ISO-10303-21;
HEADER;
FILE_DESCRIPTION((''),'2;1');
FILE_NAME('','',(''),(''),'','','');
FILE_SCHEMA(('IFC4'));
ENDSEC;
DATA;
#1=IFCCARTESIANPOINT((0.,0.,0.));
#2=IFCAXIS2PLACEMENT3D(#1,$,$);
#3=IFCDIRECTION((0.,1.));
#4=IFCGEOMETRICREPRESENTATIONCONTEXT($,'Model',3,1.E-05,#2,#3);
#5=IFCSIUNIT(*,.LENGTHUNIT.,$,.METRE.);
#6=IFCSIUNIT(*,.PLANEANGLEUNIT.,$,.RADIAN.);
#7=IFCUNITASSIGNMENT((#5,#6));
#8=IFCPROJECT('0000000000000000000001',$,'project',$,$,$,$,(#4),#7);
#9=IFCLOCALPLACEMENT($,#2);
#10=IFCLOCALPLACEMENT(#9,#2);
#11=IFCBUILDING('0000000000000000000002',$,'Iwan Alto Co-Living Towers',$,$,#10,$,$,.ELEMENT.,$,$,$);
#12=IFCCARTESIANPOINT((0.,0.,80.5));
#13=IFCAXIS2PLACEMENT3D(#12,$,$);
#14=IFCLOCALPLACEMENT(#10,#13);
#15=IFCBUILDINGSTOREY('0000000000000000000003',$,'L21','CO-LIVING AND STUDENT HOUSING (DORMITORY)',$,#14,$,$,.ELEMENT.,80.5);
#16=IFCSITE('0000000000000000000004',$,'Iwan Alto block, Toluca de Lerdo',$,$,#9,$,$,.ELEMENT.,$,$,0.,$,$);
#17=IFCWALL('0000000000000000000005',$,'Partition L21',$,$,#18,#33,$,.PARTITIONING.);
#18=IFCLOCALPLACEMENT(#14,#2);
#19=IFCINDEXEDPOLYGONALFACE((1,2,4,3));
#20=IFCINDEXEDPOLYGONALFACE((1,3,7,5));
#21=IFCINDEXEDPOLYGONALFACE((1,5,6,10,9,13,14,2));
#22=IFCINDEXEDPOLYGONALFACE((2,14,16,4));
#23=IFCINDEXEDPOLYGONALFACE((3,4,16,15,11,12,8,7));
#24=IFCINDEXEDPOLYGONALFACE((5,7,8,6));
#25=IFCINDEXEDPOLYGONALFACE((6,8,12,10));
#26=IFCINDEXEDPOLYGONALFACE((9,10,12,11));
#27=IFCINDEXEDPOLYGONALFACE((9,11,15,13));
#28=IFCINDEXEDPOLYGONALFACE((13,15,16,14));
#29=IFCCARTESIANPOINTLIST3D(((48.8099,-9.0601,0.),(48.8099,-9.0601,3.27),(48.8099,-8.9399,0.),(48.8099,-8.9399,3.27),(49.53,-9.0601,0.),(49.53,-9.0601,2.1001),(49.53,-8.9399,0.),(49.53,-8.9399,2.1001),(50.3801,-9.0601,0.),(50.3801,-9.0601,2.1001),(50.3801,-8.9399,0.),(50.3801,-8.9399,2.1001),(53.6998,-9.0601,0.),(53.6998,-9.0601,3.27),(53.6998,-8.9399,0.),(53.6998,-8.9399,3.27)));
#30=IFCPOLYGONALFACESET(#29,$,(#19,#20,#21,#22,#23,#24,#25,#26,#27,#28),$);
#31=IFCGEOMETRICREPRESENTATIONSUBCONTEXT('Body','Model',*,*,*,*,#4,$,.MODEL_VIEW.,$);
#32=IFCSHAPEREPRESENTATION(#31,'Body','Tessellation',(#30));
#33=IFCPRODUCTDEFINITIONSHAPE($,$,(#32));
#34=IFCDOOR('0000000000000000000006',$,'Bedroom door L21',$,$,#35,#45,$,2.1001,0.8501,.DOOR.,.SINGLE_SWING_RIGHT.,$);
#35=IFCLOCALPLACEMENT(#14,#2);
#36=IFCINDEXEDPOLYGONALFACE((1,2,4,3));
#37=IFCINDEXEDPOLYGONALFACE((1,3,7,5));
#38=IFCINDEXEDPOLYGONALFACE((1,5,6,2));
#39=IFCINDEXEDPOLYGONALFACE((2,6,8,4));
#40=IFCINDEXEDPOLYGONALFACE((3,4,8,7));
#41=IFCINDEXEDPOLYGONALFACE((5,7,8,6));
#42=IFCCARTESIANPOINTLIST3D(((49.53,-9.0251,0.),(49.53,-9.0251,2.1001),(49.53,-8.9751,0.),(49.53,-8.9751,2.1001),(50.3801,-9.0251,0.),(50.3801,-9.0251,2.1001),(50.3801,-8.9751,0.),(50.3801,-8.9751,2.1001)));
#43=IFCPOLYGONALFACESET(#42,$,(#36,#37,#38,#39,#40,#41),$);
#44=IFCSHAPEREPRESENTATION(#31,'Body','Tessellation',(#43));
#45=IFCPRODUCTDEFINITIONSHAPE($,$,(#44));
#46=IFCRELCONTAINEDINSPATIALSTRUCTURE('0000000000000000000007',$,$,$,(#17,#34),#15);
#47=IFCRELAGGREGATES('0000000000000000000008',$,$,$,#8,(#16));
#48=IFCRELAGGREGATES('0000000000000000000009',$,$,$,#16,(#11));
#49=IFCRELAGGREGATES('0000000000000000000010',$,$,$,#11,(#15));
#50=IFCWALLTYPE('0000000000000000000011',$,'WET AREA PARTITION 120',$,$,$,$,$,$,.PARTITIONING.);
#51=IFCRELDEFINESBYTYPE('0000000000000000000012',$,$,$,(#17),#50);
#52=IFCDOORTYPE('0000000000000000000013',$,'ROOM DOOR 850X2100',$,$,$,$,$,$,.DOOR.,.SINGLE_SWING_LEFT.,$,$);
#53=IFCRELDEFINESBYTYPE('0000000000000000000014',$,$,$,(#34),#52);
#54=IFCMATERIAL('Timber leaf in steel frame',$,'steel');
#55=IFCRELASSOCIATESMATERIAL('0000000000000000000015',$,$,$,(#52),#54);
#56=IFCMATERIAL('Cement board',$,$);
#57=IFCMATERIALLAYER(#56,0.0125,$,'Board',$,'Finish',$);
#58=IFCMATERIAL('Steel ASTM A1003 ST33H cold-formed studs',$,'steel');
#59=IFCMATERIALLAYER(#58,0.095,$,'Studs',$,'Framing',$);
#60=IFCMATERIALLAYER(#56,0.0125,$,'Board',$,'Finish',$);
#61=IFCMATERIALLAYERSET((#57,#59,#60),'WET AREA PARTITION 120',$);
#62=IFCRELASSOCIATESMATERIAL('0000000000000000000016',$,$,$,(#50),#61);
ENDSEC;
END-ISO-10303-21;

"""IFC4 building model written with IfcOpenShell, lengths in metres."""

from ifc_helpers import new_model, si_unit, direction, frame, frame_2d, origin, place, context, subcontext, project, spatial, rectangle, extrude, material, layer, layer_set, type_object, element, fill, save


model = new_model("IFC4")

# Units and contexts
model_context = context("Model", 3, precision=1e-05, world=origin(), true_north=direction((0.0, 1.0)))
body_context = subcontext(model_context, "Body", "Model", "MODEL_VIEW")
ifc_project = project(units=[si_unit("LENGTHUNIT", "METRE"), si_unit("PLANEANGLEUNIT", "RADIAN")], contexts=[model_context])

# Site, building, storey
site_placement = place(None, origin())
site = spatial("IfcSite", under=ifc_project, at=site_placement, Name="Iwan Alto block, Toluca de Lerdo", CompositionType="ELEMENT", RefElevation=0.0)
building_placement = place(site_placement, origin())
building = spatial("IfcBuilding", under=site, at=building_placement, Name="Iwan Alto Co-Living Towers", CompositionType="ELEMENT")
storey_placement = place(building_placement, frame((0.0, 0.0, 80.5)))
storey = spatial("IfcBuildingStorey", under=building, at=storey_placement, Name="L21", Description="CO-LIVING AND STUDENT HOUSING (DORMITORY)", CompositionType="ELEMENT", Elevation=80.5)

# Shared definitions
ifc_material_1 = material(Name="Steel ASTM A1003 ST33H cold-formed studs", Category="steel")
ifc_material_2 = material(Name="Timber leaf in steel frame", Category="steel")
door_type = type_object("IfcDoorType", Name="ROOM DOOR 850X2100", OperationType="SINGLE_SWING_LEFT", PredefinedType="DOOR", material=ifc_material_2)

# Wall, opening, door
ifc_material_3 = material(Name="Cement board")
ifc_layer_1 = layer(ifc_material_3, 0.0125, Name="Board", Category="Finish")
ifc_layer_2 = layer(ifc_material_1, 0.095, Name="Studs", Category="Framing")
ifc_layer_3 = layer(ifc_material_3, 0.0125, Name="Board", Category="Finish")
ifc_layer_set_1 = layer_set([ifc_layer_1, ifc_layer_2, ifc_layer_3], Name="WET AREA PARTITION 120")
wall_type_1 = type_object("IfcWallType", Name="WET AREA PARTITION 120", PredefinedType="PARTITIONING", material=ifc_layer_set_1)
wall_1_placement = place(storey_placement, frame((48.8101, -9.0, 0.0), z_axis=(0.0, 0.0, 1.0), x_axis=(1.0, 0.0, 0.0)))
wall_1 = element("IfcWall", 1, at=wall_1_placement, inside=storey, type_object=wall_type_1, Name="Partition L21", PredefinedType="PARTITIONING", context=body_context, shape_type="SweptSolid", body=[
    extrude(rectangle(XDim=4.8899, YDim=0.1201, at=frame_2d((2.4448, 0.0))), origin(), (0.0, 0.0, 1.0), 3.27),
])
opening_1_placement = place(wall_1_placement, frame((0.72, 0.0, 0.0)))
opening_1 = element("IfcOpeningElement", 2, at=opening_1_placement, cuts=wall_1, PredefinedType="OPENING", context=body_context, shape_type="SweptSolid", body=[
    extrude(rectangle(XDim=0.8501, YDim=2.1001, at=frame_2d((0.425, 1.05))), frame((0.0, 0.0701, 0.0), z_axis=(0.0, -1.0, 0.0), x_axis=(1.0, 0.0, 0.0)), (0.0, 0.0, 1.0), 0.1401),
])
door_1_placement = place(opening_1_placement, origin())
door_1 = element("IfcDoor", 3, at=door_1_placement, inside=storey, type_object=door_type, Name="Bedroom door L21", OperationType="SINGLE_SWING_RIGHT", OverallHeight=2.1001, OverallWidth=0.8501, PredefinedType="DOOR", context=body_context, shape_type="SweptSolid", body=[
    extrude(rectangle(XDim=0.8501, YDim=2.1001, at=frame_2d((0.425, 1.05))), frame((0.0, 0.0249, 0.0), z_axis=(0.0, -1.0, 0.0), x_axis=(1.0, 0.0, 0.0)), (0.0, 0.0, 1.0), 0.05),
])
fill(opening_1, door_1)

save(model, "model.ifc")
